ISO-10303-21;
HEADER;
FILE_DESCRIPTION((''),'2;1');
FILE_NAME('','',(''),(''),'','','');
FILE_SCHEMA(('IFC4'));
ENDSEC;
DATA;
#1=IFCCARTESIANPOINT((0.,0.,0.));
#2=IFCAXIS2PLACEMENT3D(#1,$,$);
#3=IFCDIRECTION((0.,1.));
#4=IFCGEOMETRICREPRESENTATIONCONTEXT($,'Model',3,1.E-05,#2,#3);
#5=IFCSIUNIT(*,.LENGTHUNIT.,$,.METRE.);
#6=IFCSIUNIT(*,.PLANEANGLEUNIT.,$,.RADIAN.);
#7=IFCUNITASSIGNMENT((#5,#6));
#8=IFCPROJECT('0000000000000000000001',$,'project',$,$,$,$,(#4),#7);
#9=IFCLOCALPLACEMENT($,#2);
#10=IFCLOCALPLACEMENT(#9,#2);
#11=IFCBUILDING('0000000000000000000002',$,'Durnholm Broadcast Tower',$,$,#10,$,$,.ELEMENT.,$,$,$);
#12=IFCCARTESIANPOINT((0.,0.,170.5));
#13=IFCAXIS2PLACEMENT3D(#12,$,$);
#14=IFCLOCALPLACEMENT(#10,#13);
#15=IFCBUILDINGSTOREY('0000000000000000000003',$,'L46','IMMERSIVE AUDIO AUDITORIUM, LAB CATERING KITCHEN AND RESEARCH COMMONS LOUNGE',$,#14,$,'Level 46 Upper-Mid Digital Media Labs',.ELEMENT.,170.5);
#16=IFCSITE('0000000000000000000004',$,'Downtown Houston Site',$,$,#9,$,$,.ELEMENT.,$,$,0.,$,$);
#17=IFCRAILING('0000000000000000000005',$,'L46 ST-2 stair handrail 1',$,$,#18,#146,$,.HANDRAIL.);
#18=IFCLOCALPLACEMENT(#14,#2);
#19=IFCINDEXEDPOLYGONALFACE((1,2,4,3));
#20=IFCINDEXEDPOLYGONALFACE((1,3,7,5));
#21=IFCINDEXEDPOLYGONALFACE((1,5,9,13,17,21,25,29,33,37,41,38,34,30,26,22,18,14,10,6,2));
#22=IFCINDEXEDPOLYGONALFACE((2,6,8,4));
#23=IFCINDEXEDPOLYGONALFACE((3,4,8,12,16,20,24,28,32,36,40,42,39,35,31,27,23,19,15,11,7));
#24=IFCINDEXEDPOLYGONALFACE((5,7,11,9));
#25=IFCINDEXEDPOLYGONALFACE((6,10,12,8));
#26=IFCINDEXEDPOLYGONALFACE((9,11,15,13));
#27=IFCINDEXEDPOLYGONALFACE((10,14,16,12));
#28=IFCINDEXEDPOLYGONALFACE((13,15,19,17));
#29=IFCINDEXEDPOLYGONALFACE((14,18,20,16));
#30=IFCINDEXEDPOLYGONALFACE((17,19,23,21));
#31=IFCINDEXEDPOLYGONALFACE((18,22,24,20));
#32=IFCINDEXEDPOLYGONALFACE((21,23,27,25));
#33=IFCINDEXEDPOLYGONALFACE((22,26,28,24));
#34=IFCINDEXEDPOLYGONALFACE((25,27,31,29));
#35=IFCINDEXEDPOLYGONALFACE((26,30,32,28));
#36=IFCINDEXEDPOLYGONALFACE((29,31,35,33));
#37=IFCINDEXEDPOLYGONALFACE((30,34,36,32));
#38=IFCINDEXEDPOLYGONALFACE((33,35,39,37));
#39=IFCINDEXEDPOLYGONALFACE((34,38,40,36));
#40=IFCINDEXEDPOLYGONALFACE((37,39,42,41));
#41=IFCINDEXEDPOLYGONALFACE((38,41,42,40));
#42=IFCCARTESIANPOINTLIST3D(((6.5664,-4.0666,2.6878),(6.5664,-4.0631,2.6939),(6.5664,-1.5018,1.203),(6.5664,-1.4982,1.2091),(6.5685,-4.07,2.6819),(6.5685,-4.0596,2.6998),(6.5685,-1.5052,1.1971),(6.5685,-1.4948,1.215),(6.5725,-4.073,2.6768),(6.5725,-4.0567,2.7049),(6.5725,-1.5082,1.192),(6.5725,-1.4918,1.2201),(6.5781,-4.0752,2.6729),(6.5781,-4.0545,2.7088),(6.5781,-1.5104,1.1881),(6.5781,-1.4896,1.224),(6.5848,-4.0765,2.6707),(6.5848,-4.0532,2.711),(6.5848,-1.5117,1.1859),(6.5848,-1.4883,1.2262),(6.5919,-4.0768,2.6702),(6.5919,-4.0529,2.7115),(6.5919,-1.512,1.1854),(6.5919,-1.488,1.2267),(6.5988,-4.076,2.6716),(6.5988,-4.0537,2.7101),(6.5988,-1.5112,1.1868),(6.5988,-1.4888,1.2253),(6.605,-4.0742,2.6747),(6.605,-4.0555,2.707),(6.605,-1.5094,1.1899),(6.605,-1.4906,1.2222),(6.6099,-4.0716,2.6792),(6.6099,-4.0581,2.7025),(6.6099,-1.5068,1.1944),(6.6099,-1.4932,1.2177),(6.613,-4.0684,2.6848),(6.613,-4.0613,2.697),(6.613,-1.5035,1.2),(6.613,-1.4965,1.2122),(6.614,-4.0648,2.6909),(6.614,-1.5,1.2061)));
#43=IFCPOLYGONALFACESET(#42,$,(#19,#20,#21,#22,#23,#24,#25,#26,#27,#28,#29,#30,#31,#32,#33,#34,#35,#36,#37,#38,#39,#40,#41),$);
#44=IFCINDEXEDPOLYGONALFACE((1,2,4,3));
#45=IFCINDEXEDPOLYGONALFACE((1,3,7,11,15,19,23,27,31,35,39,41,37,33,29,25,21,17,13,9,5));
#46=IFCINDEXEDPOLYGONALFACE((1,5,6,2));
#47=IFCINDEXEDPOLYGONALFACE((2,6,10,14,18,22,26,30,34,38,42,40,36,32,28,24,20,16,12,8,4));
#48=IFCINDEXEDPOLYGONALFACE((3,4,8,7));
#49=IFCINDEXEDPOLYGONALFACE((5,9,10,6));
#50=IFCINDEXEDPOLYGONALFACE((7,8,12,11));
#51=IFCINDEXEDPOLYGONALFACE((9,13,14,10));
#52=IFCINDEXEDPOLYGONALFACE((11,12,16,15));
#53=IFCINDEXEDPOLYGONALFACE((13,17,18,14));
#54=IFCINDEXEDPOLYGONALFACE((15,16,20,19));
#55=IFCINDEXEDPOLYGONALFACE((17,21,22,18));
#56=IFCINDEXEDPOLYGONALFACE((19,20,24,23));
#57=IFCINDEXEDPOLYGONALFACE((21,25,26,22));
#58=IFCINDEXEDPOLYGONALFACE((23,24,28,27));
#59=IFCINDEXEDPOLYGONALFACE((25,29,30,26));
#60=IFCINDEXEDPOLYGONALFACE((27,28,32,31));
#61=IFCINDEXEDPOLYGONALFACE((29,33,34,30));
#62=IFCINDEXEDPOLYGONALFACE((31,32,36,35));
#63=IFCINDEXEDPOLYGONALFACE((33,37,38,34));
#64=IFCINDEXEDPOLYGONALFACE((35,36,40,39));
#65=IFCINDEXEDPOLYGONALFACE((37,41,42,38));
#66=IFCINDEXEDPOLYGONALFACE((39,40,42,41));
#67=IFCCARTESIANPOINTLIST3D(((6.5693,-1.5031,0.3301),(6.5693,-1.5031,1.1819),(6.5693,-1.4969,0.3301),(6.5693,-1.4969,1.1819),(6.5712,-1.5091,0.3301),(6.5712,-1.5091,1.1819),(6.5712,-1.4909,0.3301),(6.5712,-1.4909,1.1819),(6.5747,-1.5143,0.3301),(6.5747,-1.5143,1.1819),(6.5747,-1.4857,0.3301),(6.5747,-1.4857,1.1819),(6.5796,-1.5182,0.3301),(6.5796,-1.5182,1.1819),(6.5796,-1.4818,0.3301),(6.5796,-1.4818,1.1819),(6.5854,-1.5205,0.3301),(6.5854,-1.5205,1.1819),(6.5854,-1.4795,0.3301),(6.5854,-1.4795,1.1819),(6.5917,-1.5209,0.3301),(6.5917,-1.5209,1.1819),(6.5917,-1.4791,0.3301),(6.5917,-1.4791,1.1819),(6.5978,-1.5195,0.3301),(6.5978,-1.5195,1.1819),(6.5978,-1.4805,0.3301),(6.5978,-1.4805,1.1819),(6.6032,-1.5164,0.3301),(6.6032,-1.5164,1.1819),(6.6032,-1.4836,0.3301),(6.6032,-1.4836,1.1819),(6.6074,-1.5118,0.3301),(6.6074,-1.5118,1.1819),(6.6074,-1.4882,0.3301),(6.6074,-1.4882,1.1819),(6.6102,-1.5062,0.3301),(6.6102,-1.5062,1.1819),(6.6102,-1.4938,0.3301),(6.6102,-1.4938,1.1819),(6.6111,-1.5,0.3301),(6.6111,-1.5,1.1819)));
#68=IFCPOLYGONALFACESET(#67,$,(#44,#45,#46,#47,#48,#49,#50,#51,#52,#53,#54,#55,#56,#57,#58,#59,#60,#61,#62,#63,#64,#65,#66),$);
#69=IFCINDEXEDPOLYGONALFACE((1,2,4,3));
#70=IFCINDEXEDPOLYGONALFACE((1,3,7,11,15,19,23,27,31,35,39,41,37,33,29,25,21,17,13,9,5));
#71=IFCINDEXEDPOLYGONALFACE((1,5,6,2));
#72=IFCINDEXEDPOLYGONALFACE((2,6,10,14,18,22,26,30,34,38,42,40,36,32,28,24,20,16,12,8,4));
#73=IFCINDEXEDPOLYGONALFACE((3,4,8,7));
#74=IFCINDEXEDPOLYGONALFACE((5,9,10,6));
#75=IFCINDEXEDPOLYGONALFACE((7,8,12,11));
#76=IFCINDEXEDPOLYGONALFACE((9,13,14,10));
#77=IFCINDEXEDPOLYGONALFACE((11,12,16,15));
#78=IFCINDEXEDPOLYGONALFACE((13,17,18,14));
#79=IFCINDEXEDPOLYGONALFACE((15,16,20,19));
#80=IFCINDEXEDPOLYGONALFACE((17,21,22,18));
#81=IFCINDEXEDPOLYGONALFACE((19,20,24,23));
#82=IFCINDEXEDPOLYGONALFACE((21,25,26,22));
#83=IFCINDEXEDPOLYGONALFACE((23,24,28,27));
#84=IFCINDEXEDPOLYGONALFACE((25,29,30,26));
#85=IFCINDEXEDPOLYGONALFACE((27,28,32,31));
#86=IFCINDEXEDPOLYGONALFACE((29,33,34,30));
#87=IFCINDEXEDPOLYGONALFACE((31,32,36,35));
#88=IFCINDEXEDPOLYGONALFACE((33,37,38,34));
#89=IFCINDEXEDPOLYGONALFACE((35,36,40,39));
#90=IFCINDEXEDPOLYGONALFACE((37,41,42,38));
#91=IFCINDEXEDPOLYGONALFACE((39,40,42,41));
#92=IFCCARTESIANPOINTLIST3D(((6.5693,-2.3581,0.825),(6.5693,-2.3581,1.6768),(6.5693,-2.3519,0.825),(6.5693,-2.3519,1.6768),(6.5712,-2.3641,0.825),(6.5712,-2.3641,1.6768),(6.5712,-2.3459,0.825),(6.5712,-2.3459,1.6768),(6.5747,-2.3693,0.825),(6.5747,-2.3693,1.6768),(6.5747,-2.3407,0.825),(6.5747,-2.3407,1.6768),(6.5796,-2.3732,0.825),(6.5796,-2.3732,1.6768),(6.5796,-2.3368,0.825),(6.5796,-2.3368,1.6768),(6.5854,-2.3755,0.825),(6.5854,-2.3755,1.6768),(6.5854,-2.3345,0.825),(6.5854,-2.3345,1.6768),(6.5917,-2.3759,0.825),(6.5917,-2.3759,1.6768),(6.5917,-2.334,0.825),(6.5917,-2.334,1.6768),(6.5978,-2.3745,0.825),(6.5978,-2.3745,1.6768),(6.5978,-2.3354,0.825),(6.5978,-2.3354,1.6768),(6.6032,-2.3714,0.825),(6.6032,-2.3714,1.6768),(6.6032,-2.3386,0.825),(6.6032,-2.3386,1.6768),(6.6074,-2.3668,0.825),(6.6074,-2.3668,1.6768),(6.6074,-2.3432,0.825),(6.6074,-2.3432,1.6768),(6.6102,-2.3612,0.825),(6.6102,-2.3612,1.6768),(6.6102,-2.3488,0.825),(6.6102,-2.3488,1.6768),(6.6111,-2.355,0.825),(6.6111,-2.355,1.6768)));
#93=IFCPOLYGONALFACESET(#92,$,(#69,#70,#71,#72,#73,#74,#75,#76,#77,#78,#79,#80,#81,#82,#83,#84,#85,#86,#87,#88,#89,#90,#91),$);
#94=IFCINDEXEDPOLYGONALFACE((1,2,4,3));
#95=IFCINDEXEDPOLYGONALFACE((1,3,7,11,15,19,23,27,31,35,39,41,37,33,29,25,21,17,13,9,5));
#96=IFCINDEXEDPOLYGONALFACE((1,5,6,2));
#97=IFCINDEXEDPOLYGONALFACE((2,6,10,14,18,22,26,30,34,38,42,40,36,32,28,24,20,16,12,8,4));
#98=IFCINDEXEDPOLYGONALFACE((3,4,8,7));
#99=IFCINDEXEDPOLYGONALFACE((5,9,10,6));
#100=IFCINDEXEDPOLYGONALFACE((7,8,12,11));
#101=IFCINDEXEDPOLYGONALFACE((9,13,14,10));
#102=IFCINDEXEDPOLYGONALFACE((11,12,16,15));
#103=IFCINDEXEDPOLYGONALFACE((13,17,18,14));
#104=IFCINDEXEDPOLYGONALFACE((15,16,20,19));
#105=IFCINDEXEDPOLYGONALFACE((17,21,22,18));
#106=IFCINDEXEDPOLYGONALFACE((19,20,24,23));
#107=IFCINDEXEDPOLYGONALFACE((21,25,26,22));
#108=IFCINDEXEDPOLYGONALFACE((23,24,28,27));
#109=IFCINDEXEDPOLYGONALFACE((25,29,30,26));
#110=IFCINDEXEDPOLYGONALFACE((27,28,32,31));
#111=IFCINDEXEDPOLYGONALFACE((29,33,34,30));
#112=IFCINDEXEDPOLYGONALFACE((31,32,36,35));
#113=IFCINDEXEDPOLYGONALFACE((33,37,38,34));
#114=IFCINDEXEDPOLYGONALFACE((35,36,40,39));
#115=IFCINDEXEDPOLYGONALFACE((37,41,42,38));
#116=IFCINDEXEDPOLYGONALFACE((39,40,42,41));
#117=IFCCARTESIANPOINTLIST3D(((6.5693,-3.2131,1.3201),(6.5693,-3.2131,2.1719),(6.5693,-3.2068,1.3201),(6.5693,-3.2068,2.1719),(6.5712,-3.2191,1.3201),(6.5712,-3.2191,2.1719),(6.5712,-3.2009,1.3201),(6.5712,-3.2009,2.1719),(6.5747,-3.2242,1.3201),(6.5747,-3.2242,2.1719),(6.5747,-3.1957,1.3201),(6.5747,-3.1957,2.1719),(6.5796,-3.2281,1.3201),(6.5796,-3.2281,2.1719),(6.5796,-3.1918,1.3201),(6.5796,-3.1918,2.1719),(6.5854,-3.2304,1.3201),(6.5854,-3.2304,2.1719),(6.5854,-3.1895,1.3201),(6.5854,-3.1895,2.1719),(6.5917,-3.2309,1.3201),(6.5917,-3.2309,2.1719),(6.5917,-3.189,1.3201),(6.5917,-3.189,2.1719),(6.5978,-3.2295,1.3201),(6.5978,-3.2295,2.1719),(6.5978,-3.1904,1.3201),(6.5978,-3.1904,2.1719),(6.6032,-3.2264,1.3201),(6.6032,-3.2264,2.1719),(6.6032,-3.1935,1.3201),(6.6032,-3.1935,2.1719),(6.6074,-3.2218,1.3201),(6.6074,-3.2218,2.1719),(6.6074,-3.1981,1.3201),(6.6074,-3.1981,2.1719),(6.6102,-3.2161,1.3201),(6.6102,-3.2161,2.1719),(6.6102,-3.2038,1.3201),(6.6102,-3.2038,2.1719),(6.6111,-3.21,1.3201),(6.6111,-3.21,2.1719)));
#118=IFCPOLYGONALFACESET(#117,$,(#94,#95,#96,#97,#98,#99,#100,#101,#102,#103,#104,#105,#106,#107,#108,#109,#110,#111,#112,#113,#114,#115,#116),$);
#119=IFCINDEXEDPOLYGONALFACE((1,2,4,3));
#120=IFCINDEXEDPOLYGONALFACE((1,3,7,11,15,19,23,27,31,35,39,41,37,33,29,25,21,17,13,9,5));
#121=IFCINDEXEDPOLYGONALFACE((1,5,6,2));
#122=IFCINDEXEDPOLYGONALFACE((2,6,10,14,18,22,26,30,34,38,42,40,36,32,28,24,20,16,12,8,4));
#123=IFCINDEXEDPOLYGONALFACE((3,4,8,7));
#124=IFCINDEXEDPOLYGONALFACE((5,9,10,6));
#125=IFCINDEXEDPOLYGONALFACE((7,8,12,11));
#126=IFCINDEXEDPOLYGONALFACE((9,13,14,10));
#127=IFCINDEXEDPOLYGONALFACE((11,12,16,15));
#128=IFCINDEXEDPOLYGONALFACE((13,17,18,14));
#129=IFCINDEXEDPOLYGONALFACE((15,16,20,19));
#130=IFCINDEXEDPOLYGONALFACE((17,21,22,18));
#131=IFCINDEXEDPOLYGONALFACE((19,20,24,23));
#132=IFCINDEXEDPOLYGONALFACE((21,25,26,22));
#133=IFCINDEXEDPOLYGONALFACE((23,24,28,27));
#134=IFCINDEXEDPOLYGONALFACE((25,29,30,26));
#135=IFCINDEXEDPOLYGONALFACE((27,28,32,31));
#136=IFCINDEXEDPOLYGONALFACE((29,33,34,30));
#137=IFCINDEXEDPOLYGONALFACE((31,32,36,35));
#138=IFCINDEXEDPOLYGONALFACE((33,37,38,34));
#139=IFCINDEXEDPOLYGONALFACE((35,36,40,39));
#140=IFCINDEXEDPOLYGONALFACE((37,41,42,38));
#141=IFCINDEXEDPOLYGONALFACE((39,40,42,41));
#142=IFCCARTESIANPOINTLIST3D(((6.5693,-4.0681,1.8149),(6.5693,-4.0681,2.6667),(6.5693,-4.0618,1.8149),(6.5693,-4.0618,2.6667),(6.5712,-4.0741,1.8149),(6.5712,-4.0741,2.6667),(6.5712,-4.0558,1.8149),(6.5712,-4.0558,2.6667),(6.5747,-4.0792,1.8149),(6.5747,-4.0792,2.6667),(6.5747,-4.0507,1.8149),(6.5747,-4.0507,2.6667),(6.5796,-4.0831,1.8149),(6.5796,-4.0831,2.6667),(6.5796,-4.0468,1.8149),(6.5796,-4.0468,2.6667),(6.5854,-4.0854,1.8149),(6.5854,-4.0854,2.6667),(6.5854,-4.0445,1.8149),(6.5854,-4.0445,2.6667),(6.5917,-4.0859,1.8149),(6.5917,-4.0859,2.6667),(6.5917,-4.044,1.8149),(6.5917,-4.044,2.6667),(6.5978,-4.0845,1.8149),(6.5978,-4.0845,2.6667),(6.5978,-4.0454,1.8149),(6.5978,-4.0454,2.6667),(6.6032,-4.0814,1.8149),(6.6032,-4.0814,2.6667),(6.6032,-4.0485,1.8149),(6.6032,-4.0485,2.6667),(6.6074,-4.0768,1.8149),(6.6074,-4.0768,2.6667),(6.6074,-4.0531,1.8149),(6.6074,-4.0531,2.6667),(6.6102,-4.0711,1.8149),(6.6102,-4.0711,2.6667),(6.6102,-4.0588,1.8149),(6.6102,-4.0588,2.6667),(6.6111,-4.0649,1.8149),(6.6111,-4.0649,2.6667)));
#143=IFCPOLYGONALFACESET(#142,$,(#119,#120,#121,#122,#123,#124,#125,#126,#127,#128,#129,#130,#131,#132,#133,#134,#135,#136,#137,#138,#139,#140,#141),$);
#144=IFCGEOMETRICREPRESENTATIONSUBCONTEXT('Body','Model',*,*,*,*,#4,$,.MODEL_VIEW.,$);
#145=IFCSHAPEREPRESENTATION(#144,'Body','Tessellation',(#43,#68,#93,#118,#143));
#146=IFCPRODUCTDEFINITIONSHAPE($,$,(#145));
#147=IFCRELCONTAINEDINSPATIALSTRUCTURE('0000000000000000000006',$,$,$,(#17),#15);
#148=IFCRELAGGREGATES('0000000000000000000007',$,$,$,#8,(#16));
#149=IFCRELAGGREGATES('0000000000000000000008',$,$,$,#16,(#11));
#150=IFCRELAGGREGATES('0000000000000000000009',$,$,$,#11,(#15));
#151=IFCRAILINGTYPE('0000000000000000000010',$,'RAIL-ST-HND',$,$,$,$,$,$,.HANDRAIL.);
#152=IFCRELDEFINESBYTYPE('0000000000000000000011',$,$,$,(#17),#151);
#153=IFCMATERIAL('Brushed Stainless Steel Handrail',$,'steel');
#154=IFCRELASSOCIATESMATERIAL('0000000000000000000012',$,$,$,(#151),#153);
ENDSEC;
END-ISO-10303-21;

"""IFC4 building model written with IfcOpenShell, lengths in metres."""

from ifc_helpers import new_model, si_unit, direction, frame, origin, origin_2d, place, context, subcontext, project, spatial, circle, extrude, material, type_object, element, save


model = new_model("IFC4")

# Units and contexts
model_context = context("Model", 3, precision=1e-05, world=origin(), true_north=direction((0.0, 1.0)))
body_context = subcontext(model_context, "Body", "Model", "MODEL_VIEW")
ifc_project = project(units=[si_unit("LENGTHUNIT", "METRE"), si_unit("PLANEANGLEUNIT", "RADIAN")], contexts=[model_context])

# Site, building, storey
site_placement = place(None, origin())
site = spatial("IfcSite", under=ifc_project, at=site_placement, Name="Downtown Houston Site", CompositionType="ELEMENT", RefElevation=0.0)
building_placement = place(site_placement, origin())
building = spatial("IfcBuilding", under=site, at=building_placement, Name="Durnholm Broadcast Tower", CompositionType="ELEMENT")
storey_placement = place(building_placement, frame((0.0, 0.0, 170.5)))
storey = spatial("IfcBuildingStorey", under=building, at=storey_placement, Name="L46", Description="IMMERSIVE AUDIO AUDITORIUM, LAB CATERING KITCHEN AND RESEARCH COMMONS LOUNGE", LongName="Level 46 Upper-Mid Digital Media Labs", CompositionType="ELEMENT", Elevation=170.5)

# Railing
ifc_material_1 = material(Name="Brushed Stainless Steel Handrail", Category="steel")
railing_type_1 = type_object("IfcRailingType", Name="RAIL-ST-HND", PredefinedType="HANDRAIL", material=ifc_material_1)
railing_1_placement = place(storey_placement, frame((6.5901, -1.5, 0.3301)))
element("IfcRailing", 1, at=railing_1_placement, inside=storey, type_object=railing_type_1, Name="L46 ST-2 stair handrail 1", PredefinedType="HANDRAIL", context=body_context, shape_type="SweptSolid", body=[
    extrude(circle(Radius=0.0239, at=origin_2d()), frame((0.0, 0.0, 0.876), z_axis=(0.0, -0.865441, 0.50101), x_axis=(1.0, 0.0, 0.0)), (0.0, 0.0, 1.0), 2.9636),
    extrude(circle(Radius=0.021, at=origin_2d()), origin(), (0.0, 0.0, 1.0), 0.8518),
    extrude(circle(Radius=0.021, at=origin_2d()), frame((0.0, -0.855, 0.4949)), (0.0, 0.0, 1.0), 0.8518),
    extrude(circle(Radius=0.021, at=origin_2d()), frame((0.0, -1.71, 0.99)), (0.0, 0.0, 1.0), 0.8518),
    extrude(circle(Radius=0.021, at=origin_2d()), frame((0.0, -2.5649, 1.4849)), (0.0, 0.0, 1.0), 0.8518),
])

save(model, "model.ifc")
